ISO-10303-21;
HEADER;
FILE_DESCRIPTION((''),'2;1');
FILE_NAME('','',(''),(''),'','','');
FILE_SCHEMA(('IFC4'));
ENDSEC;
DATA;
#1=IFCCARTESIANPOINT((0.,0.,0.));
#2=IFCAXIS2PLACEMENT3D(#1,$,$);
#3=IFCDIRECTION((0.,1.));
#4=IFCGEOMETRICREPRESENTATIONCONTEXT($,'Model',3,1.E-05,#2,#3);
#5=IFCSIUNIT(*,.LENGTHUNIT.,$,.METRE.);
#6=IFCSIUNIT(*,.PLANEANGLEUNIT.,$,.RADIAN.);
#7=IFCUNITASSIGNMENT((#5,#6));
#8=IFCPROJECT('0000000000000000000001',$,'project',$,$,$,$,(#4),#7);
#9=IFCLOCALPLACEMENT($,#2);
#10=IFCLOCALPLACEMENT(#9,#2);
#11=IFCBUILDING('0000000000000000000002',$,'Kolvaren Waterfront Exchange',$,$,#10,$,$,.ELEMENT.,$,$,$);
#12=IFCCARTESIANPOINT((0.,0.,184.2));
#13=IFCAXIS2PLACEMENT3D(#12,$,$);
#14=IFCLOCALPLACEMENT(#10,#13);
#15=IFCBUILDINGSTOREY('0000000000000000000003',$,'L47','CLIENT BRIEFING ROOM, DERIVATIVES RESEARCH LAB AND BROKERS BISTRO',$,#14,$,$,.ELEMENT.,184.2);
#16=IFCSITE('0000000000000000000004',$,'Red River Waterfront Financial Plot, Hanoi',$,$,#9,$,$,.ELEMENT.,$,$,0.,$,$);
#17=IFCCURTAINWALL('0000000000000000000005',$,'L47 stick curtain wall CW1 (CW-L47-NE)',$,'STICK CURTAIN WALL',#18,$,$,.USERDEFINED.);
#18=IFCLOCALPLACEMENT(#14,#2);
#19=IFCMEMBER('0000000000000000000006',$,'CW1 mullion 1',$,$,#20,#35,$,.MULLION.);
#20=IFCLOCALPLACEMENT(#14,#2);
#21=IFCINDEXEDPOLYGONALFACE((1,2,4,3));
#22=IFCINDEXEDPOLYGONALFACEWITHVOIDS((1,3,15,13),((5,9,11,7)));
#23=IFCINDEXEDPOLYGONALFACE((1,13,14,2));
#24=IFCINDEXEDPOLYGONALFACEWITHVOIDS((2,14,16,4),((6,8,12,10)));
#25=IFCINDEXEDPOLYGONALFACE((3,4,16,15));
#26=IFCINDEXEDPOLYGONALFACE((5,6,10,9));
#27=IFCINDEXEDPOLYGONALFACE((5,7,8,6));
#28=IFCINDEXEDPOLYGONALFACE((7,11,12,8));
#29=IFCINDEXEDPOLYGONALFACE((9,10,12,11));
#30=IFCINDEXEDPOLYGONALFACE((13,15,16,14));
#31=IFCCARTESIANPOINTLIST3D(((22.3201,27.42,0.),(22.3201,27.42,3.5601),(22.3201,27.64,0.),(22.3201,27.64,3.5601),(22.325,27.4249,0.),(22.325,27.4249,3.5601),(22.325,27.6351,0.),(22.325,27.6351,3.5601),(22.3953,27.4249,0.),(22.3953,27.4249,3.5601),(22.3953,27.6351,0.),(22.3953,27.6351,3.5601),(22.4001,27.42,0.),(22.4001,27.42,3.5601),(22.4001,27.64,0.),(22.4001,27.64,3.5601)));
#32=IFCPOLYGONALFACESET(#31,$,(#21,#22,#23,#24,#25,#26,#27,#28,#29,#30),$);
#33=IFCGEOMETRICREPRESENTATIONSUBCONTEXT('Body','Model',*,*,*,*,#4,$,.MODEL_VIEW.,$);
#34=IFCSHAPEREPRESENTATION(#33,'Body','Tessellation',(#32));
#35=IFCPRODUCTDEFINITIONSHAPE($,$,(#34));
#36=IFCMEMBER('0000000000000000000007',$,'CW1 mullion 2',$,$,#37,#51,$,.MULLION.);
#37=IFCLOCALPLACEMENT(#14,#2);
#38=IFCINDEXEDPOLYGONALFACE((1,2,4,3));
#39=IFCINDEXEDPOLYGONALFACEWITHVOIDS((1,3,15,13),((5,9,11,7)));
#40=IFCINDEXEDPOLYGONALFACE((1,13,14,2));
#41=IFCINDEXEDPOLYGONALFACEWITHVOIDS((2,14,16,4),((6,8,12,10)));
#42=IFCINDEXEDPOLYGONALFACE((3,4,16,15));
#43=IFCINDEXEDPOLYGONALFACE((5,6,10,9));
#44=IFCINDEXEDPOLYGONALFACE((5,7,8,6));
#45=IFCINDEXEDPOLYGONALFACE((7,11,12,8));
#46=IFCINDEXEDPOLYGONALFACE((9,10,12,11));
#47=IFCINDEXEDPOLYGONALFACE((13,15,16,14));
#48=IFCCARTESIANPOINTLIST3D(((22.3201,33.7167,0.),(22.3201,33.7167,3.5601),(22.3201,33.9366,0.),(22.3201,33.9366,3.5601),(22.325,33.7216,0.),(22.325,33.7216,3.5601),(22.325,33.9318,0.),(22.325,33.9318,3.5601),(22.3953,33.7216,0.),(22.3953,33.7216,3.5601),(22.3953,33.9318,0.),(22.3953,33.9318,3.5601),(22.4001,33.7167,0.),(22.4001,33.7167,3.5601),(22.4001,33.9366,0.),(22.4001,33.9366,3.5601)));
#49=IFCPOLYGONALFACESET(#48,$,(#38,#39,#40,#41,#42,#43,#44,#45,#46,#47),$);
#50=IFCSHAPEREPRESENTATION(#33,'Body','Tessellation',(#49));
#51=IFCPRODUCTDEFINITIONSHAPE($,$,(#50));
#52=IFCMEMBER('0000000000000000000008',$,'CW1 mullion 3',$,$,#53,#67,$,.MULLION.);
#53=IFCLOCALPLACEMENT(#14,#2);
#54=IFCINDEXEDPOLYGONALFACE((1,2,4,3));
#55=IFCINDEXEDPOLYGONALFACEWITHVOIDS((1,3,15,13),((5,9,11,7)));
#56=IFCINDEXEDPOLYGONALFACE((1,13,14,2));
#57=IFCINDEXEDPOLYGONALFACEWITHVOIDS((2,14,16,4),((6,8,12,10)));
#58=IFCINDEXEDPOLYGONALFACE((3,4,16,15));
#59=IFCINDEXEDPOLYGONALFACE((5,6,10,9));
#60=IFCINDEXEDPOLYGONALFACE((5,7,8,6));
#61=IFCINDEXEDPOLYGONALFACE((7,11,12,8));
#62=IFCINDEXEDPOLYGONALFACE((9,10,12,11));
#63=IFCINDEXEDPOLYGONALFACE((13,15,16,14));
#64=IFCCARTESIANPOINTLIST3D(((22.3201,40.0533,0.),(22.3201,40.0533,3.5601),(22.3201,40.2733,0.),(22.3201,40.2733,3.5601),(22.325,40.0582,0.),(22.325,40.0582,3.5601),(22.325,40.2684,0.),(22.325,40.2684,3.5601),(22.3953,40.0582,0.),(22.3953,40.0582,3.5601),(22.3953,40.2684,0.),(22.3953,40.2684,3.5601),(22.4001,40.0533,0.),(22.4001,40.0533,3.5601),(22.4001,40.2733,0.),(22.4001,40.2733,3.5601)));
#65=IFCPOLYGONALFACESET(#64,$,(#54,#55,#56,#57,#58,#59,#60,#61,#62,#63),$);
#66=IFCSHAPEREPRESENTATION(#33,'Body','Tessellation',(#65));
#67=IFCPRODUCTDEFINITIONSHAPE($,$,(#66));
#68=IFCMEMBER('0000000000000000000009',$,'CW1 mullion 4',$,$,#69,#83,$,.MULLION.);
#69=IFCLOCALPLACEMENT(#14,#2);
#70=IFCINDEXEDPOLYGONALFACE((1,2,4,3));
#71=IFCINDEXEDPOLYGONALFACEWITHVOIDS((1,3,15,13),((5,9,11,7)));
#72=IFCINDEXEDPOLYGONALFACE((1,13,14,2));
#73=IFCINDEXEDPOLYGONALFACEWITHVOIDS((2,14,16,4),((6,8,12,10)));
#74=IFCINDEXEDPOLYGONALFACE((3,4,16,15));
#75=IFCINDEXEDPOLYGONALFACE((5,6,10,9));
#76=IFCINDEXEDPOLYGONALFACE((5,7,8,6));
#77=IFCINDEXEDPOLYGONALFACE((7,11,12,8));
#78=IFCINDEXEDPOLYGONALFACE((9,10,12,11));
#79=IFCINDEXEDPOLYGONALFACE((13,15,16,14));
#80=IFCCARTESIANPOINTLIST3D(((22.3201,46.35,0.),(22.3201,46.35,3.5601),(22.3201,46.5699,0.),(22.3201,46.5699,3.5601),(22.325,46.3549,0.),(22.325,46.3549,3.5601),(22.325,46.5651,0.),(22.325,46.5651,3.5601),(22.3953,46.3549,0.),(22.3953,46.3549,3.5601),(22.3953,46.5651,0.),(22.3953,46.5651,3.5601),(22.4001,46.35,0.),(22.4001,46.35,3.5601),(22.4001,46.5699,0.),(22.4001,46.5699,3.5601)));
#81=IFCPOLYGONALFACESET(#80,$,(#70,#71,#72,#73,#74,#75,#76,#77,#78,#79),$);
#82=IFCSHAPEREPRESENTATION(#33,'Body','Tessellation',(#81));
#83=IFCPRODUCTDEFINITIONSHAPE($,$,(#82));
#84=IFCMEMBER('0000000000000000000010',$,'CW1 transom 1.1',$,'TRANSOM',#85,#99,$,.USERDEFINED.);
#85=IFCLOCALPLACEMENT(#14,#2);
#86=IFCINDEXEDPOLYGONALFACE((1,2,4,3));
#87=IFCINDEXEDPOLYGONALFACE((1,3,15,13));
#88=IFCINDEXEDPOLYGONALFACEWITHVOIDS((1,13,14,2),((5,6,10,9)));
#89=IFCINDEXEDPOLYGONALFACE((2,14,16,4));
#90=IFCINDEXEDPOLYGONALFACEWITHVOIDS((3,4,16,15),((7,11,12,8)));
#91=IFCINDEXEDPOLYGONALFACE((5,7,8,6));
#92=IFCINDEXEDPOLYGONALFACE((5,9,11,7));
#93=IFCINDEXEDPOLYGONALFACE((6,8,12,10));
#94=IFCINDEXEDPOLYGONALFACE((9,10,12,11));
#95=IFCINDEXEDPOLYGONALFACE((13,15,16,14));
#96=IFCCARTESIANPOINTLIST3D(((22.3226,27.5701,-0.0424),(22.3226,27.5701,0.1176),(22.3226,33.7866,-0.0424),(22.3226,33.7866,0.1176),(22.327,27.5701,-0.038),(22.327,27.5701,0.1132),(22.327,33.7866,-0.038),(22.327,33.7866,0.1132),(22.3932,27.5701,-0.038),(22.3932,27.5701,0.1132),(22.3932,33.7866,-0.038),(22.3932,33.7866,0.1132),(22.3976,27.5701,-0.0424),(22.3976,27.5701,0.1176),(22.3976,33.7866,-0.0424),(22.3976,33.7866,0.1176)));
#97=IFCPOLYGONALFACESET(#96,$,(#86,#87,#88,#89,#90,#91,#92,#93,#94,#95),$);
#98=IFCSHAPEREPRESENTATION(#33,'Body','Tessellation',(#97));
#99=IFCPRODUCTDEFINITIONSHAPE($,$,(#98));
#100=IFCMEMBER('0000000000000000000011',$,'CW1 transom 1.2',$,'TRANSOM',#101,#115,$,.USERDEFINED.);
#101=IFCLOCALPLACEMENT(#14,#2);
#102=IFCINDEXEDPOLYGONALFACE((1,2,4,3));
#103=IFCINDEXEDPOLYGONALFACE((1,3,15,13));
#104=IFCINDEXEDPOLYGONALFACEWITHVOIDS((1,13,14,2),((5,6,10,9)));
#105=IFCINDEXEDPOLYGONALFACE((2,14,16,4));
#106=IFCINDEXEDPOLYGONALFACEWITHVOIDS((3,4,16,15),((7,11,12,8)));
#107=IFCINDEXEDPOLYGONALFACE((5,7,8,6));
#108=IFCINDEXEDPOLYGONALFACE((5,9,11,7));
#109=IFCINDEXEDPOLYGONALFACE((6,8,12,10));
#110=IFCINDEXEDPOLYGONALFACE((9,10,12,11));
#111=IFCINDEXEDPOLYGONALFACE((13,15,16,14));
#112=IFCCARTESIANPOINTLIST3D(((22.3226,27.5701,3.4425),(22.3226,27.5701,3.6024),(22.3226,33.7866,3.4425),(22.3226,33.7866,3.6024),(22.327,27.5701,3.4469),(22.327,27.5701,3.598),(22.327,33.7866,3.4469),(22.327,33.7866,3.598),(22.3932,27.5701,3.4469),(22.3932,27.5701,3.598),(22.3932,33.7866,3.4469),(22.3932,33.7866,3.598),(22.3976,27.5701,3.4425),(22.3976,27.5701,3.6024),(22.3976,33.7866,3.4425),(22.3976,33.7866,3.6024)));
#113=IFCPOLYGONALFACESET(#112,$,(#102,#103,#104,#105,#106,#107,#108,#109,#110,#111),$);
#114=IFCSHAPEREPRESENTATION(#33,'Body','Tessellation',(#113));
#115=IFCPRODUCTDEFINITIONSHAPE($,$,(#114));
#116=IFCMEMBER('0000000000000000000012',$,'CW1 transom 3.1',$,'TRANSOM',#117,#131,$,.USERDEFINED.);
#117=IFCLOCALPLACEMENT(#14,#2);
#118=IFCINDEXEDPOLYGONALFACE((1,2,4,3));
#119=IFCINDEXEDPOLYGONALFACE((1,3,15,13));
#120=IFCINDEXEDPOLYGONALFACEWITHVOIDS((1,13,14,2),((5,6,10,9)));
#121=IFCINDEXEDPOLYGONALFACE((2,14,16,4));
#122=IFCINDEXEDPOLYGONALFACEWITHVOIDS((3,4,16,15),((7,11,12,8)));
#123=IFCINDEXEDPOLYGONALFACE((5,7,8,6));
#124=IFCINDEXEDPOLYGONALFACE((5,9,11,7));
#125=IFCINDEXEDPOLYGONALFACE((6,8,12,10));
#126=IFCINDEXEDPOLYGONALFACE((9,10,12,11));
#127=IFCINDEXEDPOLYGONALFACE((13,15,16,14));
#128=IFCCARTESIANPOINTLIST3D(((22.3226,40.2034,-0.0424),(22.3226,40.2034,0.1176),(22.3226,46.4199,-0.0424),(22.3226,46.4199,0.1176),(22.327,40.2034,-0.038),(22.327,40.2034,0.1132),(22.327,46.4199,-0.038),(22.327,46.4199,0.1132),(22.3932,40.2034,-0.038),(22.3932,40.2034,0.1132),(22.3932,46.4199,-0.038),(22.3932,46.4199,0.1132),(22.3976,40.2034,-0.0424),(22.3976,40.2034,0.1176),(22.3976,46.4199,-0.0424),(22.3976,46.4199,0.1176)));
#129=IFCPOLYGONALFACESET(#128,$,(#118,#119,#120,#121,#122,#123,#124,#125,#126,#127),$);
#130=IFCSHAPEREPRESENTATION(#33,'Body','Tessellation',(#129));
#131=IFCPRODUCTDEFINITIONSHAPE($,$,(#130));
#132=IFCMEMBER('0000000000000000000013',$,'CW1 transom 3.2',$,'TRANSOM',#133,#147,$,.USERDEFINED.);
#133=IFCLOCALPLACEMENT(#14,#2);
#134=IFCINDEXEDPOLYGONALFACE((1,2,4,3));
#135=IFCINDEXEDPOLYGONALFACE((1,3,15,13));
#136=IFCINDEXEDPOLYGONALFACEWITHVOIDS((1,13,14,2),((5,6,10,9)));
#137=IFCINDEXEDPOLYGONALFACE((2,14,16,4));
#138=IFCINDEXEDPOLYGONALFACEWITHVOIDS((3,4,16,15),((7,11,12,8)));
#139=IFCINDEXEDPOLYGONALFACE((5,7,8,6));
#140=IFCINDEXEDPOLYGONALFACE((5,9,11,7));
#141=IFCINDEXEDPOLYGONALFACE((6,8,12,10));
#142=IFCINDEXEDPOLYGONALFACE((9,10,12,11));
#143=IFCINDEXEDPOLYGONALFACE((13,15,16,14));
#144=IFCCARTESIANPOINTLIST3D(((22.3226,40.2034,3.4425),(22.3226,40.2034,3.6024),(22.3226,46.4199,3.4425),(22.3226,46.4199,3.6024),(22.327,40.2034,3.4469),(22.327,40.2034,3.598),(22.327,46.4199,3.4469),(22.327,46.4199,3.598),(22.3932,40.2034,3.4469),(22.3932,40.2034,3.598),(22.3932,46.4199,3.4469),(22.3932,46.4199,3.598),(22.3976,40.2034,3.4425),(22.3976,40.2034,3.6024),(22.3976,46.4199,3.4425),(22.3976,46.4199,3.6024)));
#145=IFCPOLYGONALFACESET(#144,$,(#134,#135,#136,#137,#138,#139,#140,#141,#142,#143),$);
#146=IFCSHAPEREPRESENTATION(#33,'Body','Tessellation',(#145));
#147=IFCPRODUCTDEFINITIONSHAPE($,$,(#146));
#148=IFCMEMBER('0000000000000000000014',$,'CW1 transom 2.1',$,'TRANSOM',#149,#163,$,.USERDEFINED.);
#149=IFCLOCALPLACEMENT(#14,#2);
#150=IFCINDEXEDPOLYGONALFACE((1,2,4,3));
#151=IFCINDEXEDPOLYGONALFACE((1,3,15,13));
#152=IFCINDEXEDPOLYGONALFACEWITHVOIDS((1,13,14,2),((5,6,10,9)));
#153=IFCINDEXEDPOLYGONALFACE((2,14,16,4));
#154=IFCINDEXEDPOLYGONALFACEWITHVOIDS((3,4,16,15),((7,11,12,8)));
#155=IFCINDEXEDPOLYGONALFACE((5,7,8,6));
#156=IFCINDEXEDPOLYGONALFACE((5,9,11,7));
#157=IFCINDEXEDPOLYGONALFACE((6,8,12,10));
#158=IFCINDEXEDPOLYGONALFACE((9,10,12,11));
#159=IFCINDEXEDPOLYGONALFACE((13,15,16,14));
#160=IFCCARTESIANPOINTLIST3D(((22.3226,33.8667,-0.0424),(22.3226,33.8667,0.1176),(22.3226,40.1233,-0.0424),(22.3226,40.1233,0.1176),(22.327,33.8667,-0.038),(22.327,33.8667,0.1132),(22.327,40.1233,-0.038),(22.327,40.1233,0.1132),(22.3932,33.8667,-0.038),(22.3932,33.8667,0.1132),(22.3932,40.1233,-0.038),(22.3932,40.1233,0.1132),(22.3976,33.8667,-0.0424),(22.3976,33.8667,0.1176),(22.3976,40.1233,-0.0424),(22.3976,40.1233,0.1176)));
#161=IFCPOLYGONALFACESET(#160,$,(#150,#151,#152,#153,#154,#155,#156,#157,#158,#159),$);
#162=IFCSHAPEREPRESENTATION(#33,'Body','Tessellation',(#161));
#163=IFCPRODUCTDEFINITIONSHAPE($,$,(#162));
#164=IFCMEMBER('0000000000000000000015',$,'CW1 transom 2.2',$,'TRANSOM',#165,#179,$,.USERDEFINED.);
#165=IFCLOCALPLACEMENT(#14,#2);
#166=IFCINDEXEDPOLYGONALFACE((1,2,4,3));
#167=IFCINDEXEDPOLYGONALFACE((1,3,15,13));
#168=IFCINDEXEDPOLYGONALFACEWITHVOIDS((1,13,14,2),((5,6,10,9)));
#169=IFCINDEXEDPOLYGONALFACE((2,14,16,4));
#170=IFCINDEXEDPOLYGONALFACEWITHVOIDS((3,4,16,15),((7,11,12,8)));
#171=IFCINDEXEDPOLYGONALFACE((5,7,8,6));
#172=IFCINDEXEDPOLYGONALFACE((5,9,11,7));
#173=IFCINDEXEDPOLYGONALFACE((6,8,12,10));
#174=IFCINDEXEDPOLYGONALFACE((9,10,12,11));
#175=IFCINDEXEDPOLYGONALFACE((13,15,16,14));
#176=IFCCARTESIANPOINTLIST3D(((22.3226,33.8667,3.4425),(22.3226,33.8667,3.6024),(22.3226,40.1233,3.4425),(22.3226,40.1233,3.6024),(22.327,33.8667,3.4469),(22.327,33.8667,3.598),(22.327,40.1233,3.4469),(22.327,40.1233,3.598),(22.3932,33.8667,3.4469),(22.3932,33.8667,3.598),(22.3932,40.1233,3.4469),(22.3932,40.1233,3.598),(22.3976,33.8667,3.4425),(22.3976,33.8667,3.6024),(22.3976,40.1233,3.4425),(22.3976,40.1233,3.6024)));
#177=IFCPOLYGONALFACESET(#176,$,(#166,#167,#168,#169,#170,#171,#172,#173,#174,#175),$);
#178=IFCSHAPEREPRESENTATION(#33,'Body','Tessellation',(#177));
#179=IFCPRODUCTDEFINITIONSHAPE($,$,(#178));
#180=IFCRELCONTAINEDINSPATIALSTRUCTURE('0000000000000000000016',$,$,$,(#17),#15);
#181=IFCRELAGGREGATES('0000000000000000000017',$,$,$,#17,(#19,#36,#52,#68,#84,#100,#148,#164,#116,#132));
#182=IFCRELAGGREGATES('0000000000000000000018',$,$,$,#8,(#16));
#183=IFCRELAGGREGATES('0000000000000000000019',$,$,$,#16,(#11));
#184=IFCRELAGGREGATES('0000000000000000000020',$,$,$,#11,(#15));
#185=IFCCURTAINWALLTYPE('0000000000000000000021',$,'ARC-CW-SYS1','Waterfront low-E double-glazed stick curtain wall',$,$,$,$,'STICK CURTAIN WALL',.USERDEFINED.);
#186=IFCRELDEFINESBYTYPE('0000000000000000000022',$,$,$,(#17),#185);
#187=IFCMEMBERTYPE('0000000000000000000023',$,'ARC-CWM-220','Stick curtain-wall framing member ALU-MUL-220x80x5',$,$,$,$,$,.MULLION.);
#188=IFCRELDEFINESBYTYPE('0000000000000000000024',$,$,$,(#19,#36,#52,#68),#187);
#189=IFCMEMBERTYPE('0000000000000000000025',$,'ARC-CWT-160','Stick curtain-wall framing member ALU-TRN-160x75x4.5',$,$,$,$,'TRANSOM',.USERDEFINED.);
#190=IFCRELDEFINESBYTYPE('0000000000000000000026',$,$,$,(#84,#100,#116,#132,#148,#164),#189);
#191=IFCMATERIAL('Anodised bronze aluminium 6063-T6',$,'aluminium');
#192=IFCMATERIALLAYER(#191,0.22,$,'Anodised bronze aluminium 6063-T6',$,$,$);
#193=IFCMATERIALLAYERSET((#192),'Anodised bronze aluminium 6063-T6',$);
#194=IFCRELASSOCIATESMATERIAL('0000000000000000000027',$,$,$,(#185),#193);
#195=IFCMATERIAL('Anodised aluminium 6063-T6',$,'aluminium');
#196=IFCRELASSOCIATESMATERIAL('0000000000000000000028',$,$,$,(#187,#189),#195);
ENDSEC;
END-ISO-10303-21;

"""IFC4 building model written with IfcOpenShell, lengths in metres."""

from ifc_helpers import new_model, si_unit, direction, frame, origin, origin_with_axes, origin_2d, place, context, subcontext, project, spatial, hollow_rectangle, extrude, source, transform, mapped, material, layer, layer_set, material_profile, profile_set, type_object, element, aggregate, save


model = new_model("IFC4")

# Units and contexts
model_context = context("Model", 3, precision=1e-05, world=origin(), true_north=direction((0.0, 1.0)))
body_context = subcontext(model_context, "Body", "Model", "MODEL_VIEW")
ifc_project = project(units=[si_unit("LENGTHUNIT", "METRE"), si_unit("PLANEANGLEUNIT", "RADIAN")], contexts=[model_context])

# Site, building, storey
site_placement = place(None, origin())
site = spatial("IfcSite", under=ifc_project, at=site_placement, Name="Red River Waterfront Financial Plot, Hanoi", CompositionType="ELEMENT", RefElevation=0.0)
building_placement = place(site_placement, origin())
building = spatial("IfcBuilding", under=site, at=building_placement, Name="Kolvaren Waterfront Exchange", CompositionType="ELEMENT")
storey_placement = place(building_placement, frame((0.0, 0.0, 184.2)))
storey = spatial("IfcBuildingStorey", under=building, at=storey_placement, Name="L47", Description="CLIENT BRIEFING ROOM, DERIVATIVES RESEARCH LAB AND BROKERS BISTRO", CompositionType="ELEMENT", Elevation=184.2)

# Curtain wall, members
ifc_material_1 = material(Name="Anodised bronze aluminium 6063-T6", Category="aluminium")
ifc_layer_1 = layer(ifc_material_1, 0.22, Name="Anodised bronze aluminium 6063-T6")
ifc_layer_set_1 = layer_set([ifc_layer_1], Name="Anodised bronze aluminium 6063-T6")
curtain_wall_type = type_object("IfcCurtainWallType", Name="ARC-CW-SYS1", Description="Waterfront low-E double-glazed stick curtain wall", ElementType="STICK CURTAIN WALL", PredefinedType="USERDEFINED", material=ifc_layer_set_1)
curtain_wall_placement = place(storey_placement, origin())
curtain_wall = element("IfcCurtainWall", 1, at=curtain_wall_placement, inside=storey, type_object=curtain_wall_type, Name="L47 stick curtain wall CW1 (CW-L47-NE)", ObjectType="STICK CURTAIN WALL", PredefinedType="USERDEFINED")
ifc_material_2 = material(Name="Anodised aluminium 6063-T6", Category="aluminium")
ifc_material_profile_1 = material_profile(ifc_material_2, hollow_rectangle(XDim=0.0801, YDim=0.22, WallThickness=0.0049, at=origin_2d()), Name="ALU-MUL-220x80x5")
ifc_profile_set_1 = profile_set([ifc_material_profile_1], Name="Anodised aluminium 6063-T6")
member_type_1 = type_object("IfcMemberType", Name="ARC-CWM-220", Description="Stick curtain-wall framing member ALU-MUL-220x80x5", PredefinedType="MULLION", material=ifc_profile_set_1)
shared_shape_1 = source(origin_with_axes(), body_context, "Body", "SweptSolid", [
    extrude(hollow_rectangle(XDim=0.0801, YDim=0.22, WallThickness=0.0049, at=origin_2d()), origin(), (0.0, 0.0, 1.0), 3.5601),
])
member_1_placement = place(storey_placement, frame((22.3601, 27.53, 0.0), z_axis=(0.0, 0.0, 1.0), x_axis=(-1.0, 0.0, 0.0)))
member_1 = element("IfcMember", 2, at=member_1_placement, type_object=member_type_1, Name="CW1 mullion 1", PredefinedType="MULLION", context=body_context, shape_type="MappedRepresentation", body=[
    mapped(shared_shape_1, transform((0.0, 0.0, 0.0), x_axis=(1.0, 0.0, 0.0), y_axis=(0.0, 1.0, 0.0), z_axis=(0.0, 0.0, 1.0), scale=1.0)),
])
member_2_placement = place(storey_placement, frame((22.3601, 33.8267, 0.0), z_axis=(0.0, 0.0, 1.0), x_axis=(-1.0, 0.0, 0.0)))
member_2 = element("IfcMember", 3, at=member_2_placement, type_object=member_type_1, Name="CW1 mullion 2", PredefinedType="MULLION", context=body_context, shape_type="MappedRepresentation", body=[
    mapped(shared_shape_1, transform((0.0, 0.0, 0.0), x_axis=(1.0, 0.0, 0.0), y_axis=(0.0, 1.0, 0.0), z_axis=(0.0, 0.0, 1.0), scale=1.0)),
])
member_3_placement = place(storey_placement, frame((22.3601, 40.1633, 0.0), z_axis=(0.0, 0.0, 1.0), x_axis=(-1.0, 0.0, 0.0)))
member_3 = element("IfcMember", 4, at=member_3_placement, type_object=member_type_1, Name="CW1 mullion 3", PredefinedType="MULLION", context=body_context, shape_type="MappedRepresentation", body=[
    mapped(shared_shape_1, transform((0.0, 0.0, 0.0), x_axis=(1.0, 0.0, 0.0), y_axis=(0.0, 1.0, 0.0), z_axis=(0.0, 0.0, 1.0), scale=1.0)),
])
member_4_placement = place(storey_placement, frame((22.3601, 46.46, 0.0), z_axis=(0.0, 0.0, 1.0), x_axis=(-1.0, 0.0, 0.0)))
member_4 = element("IfcMember", 5, at=member_4_placement, type_object=member_type_1, Name="CW1 mullion 4", PredefinedType="MULLION", context=body_context, shape_type="MappedRepresentation", body=[
    mapped(shared_shape_1, transform((0.0, 0.0, 0.0), x_axis=(1.0, 0.0, 0.0), y_axis=(0.0, 1.0, 0.0), z_axis=(0.0, 0.0, 1.0), scale=1.0)),
])
ifc_material_profile_2 = material_profile(ifc_material_2, hollow_rectangle(XDim=0.075, YDim=0.1599, WallThickness=0.0044, at=origin_2d()), Name="ALU-TRN-160x75x4.5")
ifc_profile_set_2 = profile_set([ifc_material_profile_2], Name="Anodised aluminium 6063-T6")
member_type_2 = type_object("IfcMemberType", Name="ARC-CWT-160", Description="Stick curtain-wall framing member ALU-TRN-160x75x4.5", ElementType="TRANSOM", PredefinedType="USERDEFINED", material=ifc_profile_set_2)
shared_shape_2 = source(origin_with_axes(), body_context, "Body", "SweptSolid", [
    extrude(hollow_rectangle(XDim=0.075, YDim=0.1599, WallThickness=0.0044, at=origin_2d()), origin(), (0.0, 0.0, 1.0), 6.2166),
])
member_5_placement = place(storey_placement, frame((22.3601, 27.5701, 0.0376), z_axis=(0.0, 1.0, 0.0), x_axis=(-1.0, 0.0, 0.0)))
member_5 = element("IfcMember", 6, at=member_5_placement, type_object=member_type_2, Name="CW1 transom 1.1", ObjectType="TRANSOM", PredefinedType="USERDEFINED", context=body_context, shape_type="MappedRepresentation", body=[
    mapped(shared_shape_2, transform((0.0, 0.0, 0.0), x_axis=(1.0, 0.0, 0.0), y_axis=(0.0, 1.0, 0.0), z_axis=(0.0, 0.0, 1.0), scale=1.0)),
])
member_6_placement = place(storey_placement, frame((22.3601, 27.5701, 3.5225), z_axis=(0.0, 1.0, 0.0), x_axis=(-1.0, 0.0, 0.0)))
member_6 = element("IfcMember", 7, at=member_6_placement, type_object=member_type_2, Name="CW1 transom 1.2", ObjectType="TRANSOM", PredefinedType="USERDEFINED", context=body_context, shape_type="MappedRepresentation", body=[
    mapped(shared_shape_2, transform((0.0, 0.0, 0.0), x_axis=(1.0, 0.0, 0.0), y_axis=(0.0, 1.0, 0.0), z_axis=(0.0, 0.0, 1.0), scale=1.0)),
])
member_7_placement = place(storey_placement, frame((22.3601, 40.2034, 0.0376), z_axis=(0.0, 1.0, 0.0), x_axis=(-1.0, 0.0, 0.0)))
member_7 = element("IfcMember", 8, at=member_7_placement, type_object=member_type_2, Name="CW1 transom 3.1", ObjectType="TRANSOM", PredefinedType="USERDEFINED", context=body_context, shape_type="MappedRepresentation", body=[
    mapped(shared_shape_2, transform((0.0, 0.0, 0.0), x_axis=(1.0, 0.0, 0.0), y_axis=(0.0, 1.0, 0.0), z_axis=(0.0, 0.0, 1.0), scale=1.0)),
])
member_8_placement = place(storey_placement, frame((22.3601, 40.2034, 3.5225), z_axis=(0.0, 1.0, 0.0), x_axis=(-1.0, 0.0, 0.0)))
member_8 = element("IfcMember", 9, at=member_8_placement, type_object=member_type_2, Name="CW1 transom 3.2", ObjectType="TRANSOM", PredefinedType="USERDEFINED", context=body_context, shape_type="MappedRepresentation", body=[
    mapped(shared_shape_2, transform((0.0, 0.0, 0.0), x_axis=(1.0, 0.0, 0.0), y_axis=(0.0, 1.0, 0.0), z_axis=(0.0, 0.0, 1.0), scale=1.0)),
])
shared_shape_3 = source(origin_with_axes(), body_context, "Body", "SweptSolid", [
    extrude(hollow_rectangle(XDim=0.075, YDim=0.1599, WallThickness=0.0044, at=origin_2d()), origin(), (0.0, 0.0, 1.0), 6.2566),
])
member_9_placement = place(storey_placement, frame((22.3601, 33.8667, 0.0376), z_axis=(0.0, 1.0, 0.0), x_axis=(-1.0, 0.0, 0.0)))
member_9 = element("IfcMember", 10, at=member_9_placement, type_object=member_type_2, Name="CW1 transom 2.1", ObjectType="TRANSOM", PredefinedType="USERDEFINED", context=body_context, shape_type="MappedRepresentation", body=[
    mapped(shared_shape_3, transform((0.0, 0.0, 0.0), x_axis=(1.0, 0.0, 0.0), y_axis=(0.0, 1.0, 0.0), z_axis=(0.0, 0.0, 1.0), scale=1.0)),
])
member_10_placement = place(storey_placement, frame((22.3601, 33.8667, 3.5225), z_axis=(0.0, 1.0, 0.0), x_axis=(-1.0, 0.0, 0.0)))
member_10 = element("IfcMember", 11, at=member_10_placement, type_object=member_type_2, Name="CW1 transom 2.2", ObjectType="TRANSOM", PredefinedType="USERDEFINED", context=body_context, shape_type="MappedRepresentation", body=[
    mapped(shared_shape_3, transform((0.0, 0.0, 0.0), x_axis=(1.0, 0.0, 0.0), y_axis=(0.0, 1.0, 0.0), z_axis=(0.0, 0.0, 1.0), scale=1.0)),
])
aggregate(curtain_wall, [member_1, member_2, member_3, member_4, member_5, member_6, member_9, member_10, member_7, member_8])

save(model, "model.ifc")
